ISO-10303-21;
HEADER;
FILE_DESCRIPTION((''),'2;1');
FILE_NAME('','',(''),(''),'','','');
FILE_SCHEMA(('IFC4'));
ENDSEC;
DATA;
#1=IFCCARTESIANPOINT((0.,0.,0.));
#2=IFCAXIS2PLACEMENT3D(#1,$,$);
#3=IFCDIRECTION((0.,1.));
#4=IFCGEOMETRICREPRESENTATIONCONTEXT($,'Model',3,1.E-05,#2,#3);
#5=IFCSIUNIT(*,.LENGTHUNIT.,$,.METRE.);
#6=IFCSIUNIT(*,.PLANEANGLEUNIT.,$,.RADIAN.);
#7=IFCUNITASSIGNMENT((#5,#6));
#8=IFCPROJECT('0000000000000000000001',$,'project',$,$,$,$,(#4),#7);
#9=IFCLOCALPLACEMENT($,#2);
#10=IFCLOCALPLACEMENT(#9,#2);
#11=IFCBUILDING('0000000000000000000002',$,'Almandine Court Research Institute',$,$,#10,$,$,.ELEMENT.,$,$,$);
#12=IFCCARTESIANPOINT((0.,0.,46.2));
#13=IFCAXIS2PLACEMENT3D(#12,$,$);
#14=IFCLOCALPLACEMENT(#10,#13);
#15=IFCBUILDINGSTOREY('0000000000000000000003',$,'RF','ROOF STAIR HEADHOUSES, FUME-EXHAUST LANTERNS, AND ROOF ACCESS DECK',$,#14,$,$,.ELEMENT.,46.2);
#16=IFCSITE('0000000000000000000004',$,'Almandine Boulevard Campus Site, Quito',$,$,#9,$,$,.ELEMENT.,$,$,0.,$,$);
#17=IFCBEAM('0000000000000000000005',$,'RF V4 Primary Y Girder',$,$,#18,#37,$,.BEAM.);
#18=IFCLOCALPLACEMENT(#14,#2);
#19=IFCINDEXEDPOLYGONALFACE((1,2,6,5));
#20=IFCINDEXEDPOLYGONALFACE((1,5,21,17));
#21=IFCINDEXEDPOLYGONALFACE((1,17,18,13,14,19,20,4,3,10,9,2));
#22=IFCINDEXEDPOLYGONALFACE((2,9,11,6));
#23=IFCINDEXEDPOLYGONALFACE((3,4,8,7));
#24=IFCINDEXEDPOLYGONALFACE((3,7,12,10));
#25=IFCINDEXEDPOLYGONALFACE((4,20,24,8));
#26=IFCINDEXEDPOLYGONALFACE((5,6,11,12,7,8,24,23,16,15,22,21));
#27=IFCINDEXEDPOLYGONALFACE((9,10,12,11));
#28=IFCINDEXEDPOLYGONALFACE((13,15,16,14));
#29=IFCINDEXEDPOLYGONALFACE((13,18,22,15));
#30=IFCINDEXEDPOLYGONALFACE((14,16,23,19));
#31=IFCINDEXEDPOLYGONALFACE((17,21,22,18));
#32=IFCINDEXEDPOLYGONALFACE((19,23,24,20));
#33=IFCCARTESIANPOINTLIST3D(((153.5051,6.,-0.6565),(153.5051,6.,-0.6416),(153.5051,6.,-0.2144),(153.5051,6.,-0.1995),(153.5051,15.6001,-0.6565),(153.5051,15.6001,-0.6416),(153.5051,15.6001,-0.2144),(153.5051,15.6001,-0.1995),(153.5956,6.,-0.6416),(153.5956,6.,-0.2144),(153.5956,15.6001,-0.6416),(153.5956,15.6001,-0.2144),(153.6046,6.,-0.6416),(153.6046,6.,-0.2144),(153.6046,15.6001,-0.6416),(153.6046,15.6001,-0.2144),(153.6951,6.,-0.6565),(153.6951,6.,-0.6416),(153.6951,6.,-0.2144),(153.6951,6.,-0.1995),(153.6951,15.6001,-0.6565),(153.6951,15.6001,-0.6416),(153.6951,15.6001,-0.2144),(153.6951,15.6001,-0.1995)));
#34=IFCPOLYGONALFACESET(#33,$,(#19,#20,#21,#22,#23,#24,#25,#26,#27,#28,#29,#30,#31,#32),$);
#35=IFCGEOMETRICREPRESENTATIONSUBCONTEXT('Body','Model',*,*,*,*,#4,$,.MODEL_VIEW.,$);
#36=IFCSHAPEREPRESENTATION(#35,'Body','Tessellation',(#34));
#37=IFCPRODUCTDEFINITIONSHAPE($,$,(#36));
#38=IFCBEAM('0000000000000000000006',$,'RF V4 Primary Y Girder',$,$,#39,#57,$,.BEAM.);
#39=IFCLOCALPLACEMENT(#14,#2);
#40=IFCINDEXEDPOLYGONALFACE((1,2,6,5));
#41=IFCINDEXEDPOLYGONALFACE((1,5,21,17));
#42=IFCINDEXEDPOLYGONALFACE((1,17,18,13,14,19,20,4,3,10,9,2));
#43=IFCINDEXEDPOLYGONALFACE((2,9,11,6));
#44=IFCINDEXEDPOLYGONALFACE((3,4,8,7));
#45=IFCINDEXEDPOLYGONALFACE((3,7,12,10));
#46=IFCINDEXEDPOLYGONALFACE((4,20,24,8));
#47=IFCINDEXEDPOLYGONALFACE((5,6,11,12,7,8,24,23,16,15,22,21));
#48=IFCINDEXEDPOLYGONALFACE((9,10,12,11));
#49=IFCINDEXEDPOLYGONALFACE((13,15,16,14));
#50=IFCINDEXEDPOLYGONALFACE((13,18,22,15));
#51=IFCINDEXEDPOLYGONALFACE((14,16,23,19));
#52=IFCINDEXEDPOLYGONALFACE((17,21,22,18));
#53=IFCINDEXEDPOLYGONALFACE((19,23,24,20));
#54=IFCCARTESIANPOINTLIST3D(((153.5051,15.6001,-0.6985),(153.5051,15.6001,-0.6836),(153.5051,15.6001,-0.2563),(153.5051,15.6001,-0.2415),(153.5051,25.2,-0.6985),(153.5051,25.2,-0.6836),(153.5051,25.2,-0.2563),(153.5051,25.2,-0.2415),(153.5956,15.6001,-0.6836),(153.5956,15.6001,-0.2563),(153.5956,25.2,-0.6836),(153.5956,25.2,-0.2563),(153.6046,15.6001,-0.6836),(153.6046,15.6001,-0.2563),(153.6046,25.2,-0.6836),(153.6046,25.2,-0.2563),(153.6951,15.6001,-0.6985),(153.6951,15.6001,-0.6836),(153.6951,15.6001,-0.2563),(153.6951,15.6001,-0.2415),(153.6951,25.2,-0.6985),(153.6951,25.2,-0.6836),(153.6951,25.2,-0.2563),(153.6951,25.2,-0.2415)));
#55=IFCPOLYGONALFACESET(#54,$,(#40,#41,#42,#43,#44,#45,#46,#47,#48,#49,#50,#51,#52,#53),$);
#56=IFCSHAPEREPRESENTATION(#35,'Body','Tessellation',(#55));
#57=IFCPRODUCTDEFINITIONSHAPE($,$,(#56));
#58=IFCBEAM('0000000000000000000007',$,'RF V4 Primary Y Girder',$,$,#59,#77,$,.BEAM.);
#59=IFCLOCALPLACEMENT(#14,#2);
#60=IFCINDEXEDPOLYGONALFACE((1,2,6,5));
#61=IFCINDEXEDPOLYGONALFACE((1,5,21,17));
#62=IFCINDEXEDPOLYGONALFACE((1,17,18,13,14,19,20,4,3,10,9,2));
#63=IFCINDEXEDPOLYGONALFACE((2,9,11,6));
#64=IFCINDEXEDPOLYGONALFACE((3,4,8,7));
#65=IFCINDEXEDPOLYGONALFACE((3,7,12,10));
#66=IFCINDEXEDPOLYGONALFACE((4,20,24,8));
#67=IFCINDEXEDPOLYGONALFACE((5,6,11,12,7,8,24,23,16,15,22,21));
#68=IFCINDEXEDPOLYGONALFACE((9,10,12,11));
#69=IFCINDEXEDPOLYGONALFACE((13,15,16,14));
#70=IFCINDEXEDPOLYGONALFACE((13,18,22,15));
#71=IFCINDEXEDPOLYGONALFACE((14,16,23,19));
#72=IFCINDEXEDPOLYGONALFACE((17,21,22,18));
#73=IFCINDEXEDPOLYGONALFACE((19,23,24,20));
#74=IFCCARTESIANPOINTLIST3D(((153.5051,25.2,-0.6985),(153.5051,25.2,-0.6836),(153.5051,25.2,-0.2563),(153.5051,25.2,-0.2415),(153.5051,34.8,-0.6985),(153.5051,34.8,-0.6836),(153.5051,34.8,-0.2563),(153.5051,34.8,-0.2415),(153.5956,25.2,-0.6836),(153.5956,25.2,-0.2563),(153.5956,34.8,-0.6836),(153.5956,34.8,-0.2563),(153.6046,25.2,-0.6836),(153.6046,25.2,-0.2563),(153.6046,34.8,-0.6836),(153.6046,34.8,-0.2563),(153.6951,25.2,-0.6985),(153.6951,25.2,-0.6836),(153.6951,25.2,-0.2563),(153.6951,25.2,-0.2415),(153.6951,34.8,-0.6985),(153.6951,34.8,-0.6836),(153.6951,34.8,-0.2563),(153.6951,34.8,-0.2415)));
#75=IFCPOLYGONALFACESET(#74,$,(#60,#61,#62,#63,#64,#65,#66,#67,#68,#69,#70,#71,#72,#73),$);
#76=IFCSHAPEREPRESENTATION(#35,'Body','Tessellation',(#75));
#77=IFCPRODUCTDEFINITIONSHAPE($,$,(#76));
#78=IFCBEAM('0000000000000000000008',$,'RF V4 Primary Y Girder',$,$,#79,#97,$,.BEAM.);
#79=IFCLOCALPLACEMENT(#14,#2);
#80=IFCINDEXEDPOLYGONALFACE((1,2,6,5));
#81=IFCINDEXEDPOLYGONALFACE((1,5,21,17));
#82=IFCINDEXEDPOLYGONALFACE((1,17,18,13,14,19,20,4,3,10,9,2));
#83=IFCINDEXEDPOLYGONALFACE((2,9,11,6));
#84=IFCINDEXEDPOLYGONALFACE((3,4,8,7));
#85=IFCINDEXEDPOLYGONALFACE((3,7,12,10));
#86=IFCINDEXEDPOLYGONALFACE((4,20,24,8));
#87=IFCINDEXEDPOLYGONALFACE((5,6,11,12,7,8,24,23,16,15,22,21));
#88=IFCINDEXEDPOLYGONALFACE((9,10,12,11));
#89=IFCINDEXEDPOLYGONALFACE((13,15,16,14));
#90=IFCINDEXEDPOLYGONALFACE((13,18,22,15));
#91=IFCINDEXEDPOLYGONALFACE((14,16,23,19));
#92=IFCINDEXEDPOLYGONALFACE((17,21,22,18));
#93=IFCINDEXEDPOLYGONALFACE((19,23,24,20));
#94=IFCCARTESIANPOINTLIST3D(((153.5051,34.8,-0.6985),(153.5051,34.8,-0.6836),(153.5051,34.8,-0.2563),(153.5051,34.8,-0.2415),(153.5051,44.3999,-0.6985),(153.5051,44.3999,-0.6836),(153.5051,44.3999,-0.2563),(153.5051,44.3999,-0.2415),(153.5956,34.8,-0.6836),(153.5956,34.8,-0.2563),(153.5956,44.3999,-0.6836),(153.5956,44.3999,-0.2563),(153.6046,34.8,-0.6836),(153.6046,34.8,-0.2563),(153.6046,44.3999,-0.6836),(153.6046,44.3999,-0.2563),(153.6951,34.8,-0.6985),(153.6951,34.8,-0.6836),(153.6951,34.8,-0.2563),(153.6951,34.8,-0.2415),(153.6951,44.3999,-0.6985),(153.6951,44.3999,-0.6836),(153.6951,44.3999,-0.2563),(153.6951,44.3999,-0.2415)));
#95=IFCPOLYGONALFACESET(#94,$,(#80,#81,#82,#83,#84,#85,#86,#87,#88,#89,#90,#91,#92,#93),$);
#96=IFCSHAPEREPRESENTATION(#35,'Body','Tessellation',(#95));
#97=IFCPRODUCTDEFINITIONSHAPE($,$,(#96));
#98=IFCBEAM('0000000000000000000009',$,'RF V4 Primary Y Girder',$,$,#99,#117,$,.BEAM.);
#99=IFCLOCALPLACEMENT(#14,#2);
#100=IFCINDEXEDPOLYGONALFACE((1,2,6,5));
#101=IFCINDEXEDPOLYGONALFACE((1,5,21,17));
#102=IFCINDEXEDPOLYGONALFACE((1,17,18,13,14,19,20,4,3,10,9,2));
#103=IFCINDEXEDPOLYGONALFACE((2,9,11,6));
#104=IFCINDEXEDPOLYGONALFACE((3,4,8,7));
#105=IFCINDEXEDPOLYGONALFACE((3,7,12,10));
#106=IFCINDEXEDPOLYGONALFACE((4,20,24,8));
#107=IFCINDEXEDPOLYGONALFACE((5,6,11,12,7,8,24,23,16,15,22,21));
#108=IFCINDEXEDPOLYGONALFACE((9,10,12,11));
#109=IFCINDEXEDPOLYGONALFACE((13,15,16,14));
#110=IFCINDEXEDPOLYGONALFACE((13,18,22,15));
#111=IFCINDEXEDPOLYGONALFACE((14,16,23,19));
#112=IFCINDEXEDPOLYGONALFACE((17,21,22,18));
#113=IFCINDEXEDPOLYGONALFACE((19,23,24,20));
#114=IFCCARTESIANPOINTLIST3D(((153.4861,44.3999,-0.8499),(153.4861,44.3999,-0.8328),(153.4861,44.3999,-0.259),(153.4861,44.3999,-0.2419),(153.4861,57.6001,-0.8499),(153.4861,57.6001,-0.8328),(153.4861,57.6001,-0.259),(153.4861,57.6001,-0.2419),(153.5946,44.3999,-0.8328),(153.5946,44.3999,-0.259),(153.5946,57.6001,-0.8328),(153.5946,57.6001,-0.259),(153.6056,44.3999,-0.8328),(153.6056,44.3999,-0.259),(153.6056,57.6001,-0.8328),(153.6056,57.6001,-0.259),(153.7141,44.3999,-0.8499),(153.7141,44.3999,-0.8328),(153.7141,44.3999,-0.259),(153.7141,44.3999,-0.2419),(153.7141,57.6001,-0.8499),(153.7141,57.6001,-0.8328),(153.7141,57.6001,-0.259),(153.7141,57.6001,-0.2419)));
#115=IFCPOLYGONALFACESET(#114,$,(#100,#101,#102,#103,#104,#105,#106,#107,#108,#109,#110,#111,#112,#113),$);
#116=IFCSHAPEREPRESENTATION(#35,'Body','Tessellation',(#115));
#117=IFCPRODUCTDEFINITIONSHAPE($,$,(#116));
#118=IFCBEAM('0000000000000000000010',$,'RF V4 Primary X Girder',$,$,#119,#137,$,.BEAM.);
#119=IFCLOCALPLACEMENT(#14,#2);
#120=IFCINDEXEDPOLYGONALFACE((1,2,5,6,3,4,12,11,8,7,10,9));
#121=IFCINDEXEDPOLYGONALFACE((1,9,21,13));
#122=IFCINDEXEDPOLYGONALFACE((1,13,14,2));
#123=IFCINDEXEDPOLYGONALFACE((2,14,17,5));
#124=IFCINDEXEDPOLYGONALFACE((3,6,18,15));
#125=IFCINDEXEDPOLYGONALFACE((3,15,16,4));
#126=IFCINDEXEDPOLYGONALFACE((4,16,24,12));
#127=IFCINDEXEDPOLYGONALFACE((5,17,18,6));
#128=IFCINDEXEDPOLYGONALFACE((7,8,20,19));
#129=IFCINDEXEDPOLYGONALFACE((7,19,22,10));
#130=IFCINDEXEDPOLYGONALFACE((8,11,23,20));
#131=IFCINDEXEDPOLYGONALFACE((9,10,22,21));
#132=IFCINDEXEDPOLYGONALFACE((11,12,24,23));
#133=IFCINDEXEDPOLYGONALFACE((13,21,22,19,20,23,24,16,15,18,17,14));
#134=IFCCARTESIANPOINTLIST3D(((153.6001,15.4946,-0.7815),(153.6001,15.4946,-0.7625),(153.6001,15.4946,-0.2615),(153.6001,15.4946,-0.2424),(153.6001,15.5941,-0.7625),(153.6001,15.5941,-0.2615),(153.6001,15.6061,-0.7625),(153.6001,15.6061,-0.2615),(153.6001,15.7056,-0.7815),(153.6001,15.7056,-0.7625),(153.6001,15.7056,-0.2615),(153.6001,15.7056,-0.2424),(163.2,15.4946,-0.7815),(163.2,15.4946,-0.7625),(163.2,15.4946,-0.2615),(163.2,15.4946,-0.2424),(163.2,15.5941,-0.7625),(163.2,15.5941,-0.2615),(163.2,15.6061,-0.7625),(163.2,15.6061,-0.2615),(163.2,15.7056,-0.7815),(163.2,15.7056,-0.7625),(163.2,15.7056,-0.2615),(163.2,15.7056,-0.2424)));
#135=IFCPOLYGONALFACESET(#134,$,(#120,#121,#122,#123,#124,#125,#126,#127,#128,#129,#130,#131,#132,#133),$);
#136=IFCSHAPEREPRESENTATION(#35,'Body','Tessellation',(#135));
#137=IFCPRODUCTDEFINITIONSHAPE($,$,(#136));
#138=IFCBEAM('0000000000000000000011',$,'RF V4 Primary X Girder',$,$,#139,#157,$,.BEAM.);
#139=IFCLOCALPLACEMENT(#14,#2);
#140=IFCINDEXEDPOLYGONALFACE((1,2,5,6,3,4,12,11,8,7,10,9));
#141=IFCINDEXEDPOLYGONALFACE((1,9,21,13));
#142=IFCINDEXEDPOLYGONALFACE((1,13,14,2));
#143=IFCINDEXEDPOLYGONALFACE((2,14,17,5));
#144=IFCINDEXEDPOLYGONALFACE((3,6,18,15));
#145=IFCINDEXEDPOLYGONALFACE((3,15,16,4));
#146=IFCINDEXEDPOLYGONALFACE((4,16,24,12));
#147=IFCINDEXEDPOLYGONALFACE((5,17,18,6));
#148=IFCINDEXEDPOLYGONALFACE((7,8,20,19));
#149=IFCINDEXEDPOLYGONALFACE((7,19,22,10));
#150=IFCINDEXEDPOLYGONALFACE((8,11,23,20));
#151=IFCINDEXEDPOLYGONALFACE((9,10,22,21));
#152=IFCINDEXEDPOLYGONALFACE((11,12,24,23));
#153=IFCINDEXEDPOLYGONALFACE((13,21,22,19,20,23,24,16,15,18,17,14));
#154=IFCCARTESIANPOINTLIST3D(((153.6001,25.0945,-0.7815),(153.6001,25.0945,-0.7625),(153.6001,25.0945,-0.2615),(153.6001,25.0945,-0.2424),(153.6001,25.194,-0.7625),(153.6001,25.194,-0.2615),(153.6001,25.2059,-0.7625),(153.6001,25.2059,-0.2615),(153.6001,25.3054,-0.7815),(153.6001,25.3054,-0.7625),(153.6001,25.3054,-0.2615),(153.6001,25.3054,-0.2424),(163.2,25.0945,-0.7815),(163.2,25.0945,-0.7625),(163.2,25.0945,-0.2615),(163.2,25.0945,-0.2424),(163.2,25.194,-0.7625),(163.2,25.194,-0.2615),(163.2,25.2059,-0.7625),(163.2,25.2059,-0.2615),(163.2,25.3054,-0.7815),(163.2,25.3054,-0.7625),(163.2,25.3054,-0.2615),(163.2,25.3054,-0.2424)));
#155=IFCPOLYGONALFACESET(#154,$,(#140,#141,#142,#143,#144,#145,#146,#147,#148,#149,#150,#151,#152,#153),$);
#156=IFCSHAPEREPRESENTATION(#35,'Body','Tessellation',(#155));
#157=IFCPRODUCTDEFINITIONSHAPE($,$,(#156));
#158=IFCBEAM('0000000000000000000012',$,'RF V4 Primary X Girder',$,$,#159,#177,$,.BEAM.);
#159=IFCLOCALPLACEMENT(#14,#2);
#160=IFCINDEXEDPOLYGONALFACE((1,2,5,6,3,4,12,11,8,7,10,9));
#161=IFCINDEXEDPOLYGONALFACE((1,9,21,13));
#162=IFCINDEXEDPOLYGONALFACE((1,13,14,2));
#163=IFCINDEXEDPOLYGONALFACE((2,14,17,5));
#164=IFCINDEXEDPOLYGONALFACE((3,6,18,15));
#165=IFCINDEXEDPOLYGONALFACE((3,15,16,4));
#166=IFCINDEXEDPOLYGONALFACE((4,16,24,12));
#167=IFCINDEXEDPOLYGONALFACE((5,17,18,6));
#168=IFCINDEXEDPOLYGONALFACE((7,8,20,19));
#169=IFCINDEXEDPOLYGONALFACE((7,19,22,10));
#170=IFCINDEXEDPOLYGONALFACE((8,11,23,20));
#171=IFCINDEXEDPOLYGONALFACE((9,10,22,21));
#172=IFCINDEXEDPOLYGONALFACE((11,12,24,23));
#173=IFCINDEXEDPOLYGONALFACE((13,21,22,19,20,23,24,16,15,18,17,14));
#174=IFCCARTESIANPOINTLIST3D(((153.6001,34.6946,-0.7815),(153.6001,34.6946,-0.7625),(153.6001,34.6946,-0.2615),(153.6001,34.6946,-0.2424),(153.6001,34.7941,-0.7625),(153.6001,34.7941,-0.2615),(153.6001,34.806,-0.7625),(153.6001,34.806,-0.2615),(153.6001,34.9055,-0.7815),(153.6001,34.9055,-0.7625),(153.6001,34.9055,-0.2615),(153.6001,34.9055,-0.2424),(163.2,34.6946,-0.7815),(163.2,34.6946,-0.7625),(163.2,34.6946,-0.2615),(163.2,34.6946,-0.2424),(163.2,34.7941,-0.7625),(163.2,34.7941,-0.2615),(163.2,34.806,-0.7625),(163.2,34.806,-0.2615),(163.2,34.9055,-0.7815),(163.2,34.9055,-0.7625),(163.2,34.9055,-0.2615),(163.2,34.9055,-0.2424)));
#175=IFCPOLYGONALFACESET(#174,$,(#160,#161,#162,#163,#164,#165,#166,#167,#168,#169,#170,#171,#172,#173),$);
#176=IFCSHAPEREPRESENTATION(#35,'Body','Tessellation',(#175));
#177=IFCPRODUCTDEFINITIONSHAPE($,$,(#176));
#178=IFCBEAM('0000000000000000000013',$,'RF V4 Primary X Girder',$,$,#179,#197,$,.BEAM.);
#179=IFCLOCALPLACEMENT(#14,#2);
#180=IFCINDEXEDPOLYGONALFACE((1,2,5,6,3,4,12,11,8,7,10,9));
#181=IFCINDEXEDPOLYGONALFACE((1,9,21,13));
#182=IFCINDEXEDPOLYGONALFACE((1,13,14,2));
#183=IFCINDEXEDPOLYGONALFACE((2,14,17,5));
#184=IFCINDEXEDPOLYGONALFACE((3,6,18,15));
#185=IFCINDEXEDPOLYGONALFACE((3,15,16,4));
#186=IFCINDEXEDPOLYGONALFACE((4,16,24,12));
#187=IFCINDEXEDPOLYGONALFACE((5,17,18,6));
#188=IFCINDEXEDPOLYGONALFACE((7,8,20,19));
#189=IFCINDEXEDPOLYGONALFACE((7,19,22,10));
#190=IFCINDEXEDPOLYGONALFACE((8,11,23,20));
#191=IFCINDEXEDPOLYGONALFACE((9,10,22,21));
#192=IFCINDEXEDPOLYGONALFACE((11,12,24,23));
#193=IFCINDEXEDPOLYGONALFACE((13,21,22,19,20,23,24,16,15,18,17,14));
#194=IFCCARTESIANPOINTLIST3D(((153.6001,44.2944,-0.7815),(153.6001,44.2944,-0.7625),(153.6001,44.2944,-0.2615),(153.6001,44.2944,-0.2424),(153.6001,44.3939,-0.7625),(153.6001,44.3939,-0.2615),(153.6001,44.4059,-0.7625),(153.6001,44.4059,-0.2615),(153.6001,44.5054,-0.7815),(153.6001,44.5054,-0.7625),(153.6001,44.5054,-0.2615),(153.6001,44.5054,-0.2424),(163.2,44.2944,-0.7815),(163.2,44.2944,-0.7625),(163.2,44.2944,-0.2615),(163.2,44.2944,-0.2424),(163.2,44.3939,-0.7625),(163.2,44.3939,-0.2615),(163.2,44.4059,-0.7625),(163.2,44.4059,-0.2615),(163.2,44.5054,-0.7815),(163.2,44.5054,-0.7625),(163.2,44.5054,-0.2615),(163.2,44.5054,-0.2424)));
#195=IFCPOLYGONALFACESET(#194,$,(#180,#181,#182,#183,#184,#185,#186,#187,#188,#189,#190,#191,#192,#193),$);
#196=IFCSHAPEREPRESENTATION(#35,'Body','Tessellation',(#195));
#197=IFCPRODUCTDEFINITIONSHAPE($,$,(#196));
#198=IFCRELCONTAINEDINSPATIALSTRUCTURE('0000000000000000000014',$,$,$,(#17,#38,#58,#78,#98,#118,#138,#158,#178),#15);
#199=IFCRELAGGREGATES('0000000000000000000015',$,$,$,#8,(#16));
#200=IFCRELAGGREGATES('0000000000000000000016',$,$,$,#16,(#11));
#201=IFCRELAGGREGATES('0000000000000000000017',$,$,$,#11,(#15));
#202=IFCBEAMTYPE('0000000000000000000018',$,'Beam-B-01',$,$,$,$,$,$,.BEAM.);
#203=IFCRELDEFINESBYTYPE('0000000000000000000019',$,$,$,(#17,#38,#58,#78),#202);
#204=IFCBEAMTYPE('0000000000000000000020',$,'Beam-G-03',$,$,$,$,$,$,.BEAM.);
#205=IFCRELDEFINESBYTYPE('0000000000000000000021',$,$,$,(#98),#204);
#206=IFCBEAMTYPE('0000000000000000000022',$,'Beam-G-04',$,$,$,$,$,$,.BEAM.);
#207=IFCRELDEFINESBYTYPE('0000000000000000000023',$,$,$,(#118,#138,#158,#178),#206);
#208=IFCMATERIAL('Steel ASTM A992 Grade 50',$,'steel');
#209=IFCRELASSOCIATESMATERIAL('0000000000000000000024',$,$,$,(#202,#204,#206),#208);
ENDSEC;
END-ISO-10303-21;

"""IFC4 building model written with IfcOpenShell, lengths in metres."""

from ifc_helpers import new_model, si_unit, direction, frame, origin, origin_2d, place, context, subcontext, project, spatial, i_section, extrude, material, material_profile, profile_set, type_object, element, save


model = new_model("IFC4")

# Units and contexts
model_context = context("Model", 3, precision=1e-05, world=origin(), true_north=direction((0.0, 1.0)))
body_context = subcontext(model_context, "Body", "Model", "MODEL_VIEW")
ifc_project = project(units=[si_unit("LENGTHUNIT", "METRE"), si_unit("PLANEANGLEUNIT", "RADIAN")], contexts=[model_context])

# Site, building, storey
site_placement = place(None, origin())
site = spatial("IfcSite", under=ifc_project, at=site_placement, Name="Almandine Boulevard Campus Site, Quito", CompositionType="ELEMENT", RefElevation=0.0)
building_placement = place(site_placement, origin())
building = spatial("IfcBuilding", under=site, at=building_placement, Name="Almandine Court Research Institute", CompositionType="ELEMENT")
storey_placement = place(building_placement, frame((0.0, 0.0, 46.2)))
storey = spatial("IfcBuildingStorey", under=building, at=storey_placement, Name="RF", Description="ROOF STAIR HEADHOUSES, FUME-EXHAUST LANTERNS, AND ROOF ACCESS DECK", CompositionType="ELEMENT", Elevation=46.2)

# Beams
ifc_material_1 = material(Name="Steel ASTM A992 Grade 50", Category="steel")
ifc_material_profile_1 = material_profile(ifc_material_1, i_section(OverallWidth=0.1899, OverallDepth=0.457, WebThickness=0.009, FlangeThickness=0.0149, at=origin_2d()), Name="W460x74")
ifc_profile_set_1 = profile_set([ifc_material_profile_1], Name="Steel ASTM A992 Grade 50")
beam_type_1 = type_object("IfcBeamType", Name="Beam-B-01", PredefinedType="BEAM", material=ifc_profile_set_1)
beam_1_placement = place(storey_placement, frame((153.6001, 6.0, -0.428), z_axis=(0.0, 1.0, 0.0), x_axis=(-1.0, 0.0, 0.0)))
element("IfcBeam", 1, at=beam_1_placement, inside=storey, type_object=beam_type_1, Name="RF V4 Primary Y Girder", PredefinedType="BEAM", context=body_context, shape_type="SweptSolid", body=[
    extrude(i_section(OverallWidth=0.1899, OverallDepth=0.457, WebThickness=0.009, FlangeThickness=0.0149, at=origin_2d()), origin(), (0.0, 0.0, 1.0), 9.6001),
])
beam_2_placement = place(storey_placement, frame((153.6001, 15.6001, -0.47), z_axis=(0.0, 1.0, 0.0), x_axis=(-1.0, 0.0, 0.0)))
element("IfcBeam", 2, at=beam_2_placement, inside=storey, type_object=beam_type_1, Name="RF V4 Primary Y Girder", PredefinedType="BEAM", context=body_context, shape_type="SweptSolid", body=[
    extrude(i_section(OverallWidth=0.1899, OverallDepth=0.457, WebThickness=0.009, FlangeThickness=0.0149, at=origin_2d()), origin(), (0.0, 0.0, 1.0), 9.5999),
])
beam_3_placement = place(storey_placement, frame((153.6001, 25.2, -0.47), z_axis=(0.0, 1.0, 0.0), x_axis=(-1.0, 0.0, 0.0)))
element("IfcBeam", 3, at=beam_3_placement, inside=storey, type_object=beam_type_1, Name="RF V4 Primary Y Girder", PredefinedType="BEAM", context=body_context, shape_type="SweptSolid", body=[
    extrude(i_section(OverallWidth=0.1899, OverallDepth=0.457, WebThickness=0.009, FlangeThickness=0.0149, at=origin_2d()), origin(), (0.0, 0.0, 1.0), 9.6001),
])
beam_4_placement = place(storey_placement, frame((153.6001, 34.8, -0.47), z_axis=(0.0, 1.0, 0.0), x_axis=(-1.0, 0.0, 0.0)))
element("IfcBeam", 4, at=beam_4_placement, inside=storey, type_object=beam_type_1, Name="RF V4 Primary Y Girder", PredefinedType="BEAM", context=body_context, shape_type="SweptSolid", body=[
    extrude(i_section(OverallWidth=0.1899, OverallDepth=0.457, WebThickness=0.009, FlangeThickness=0.0149, at=origin_2d()), origin(), (0.0, 0.0, 1.0), 9.5999),
])
ifc_material_profile_2 = material_profile(ifc_material_1, i_section(OverallWidth=0.228, OverallDepth=0.6079, WebThickness=0.011, FlangeThickness=0.0171, at=origin_2d()), Name="W610x113")
ifc_profile_set_2 = profile_set([ifc_material_profile_2], Name="Steel ASTM A992 Grade 50")
beam_type_2 = type_object("IfcBeamType", Name="Beam-G-03", PredefinedType="BEAM", material=ifc_profile_set_2)
beam_5_placement = place(storey_placement, frame((153.6001, 44.3999, -0.5459), z_axis=(0.0, 1.0, 0.0), x_axis=(-1.0, 0.0, 0.0)))
element("IfcBeam", 5, at=beam_5_placement, inside=storey, type_object=beam_type_2, Name="RF V4 Primary Y Girder", PredefinedType="BEAM", context=body_context, shape_type="SweptSolid", body=[
    extrude(i_section(OverallWidth=0.228, OverallDepth=0.6079, WebThickness=0.011, FlangeThickness=0.0171, at=origin_2d()), origin(), (0.0, 0.0, 1.0), 13.2002),
])
ifc_material_profile_3 = material_profile(ifc_material_1, i_section(OverallWidth=0.2109, OverallDepth=0.5391, WebThickness=0.012, FlangeThickness=0.019, at=origin_2d()), Name="W530x109")
ifc_profile_set_3 = profile_set([ifc_material_profile_3], Name="Steel ASTM A992 Grade 50")
beam_type_3 = type_object("IfcBeamType", Name="Beam-G-04", PredefinedType="BEAM", material=ifc_profile_set_3)
for number, where, z_axis, x_axis, name in (
    (6, (153.6001, 15.6001, -0.512), (1.0, 0.0, 0.0), (0.0, 1.0, 0.0), "RF V4 Primary X Girder"),
    (7, (153.6001, 25.2, -0.512), (1.0, 0.0, 0.0), (0.0, 1.0, 0.0), "RF V4 Primary X Girder"),
    (8, (153.6001, 34.8, -0.512), (1.0, 0.0, 0.0), (0.0, 1.0, 0.0), "RF V4 Primary X Girder"),
    (9, (153.6001, 44.3999, -0.512), (1.0, 0.0, 0.0), (0.0, 1.0, 0.0), "RF V4 Primary X Girder"),
):
    element("IfcBeam", number, at=place(storey_placement, frame(where, z_axis=z_axis, x_axis=x_axis)), inside=storey, type_object=beam_type_3, Name=name, PredefinedType="BEAM", context=body_context, shape_type="SweptSolid", body=[
        extrude(i_section(OverallWidth=0.2109, OverallDepth=0.5391, WebThickness=0.012, FlangeThickness=0.019, at=origin_2d()), origin(), (0.0, 0.0, 1.0), 9.5999),
    ])

save(model, "model.ifc")
